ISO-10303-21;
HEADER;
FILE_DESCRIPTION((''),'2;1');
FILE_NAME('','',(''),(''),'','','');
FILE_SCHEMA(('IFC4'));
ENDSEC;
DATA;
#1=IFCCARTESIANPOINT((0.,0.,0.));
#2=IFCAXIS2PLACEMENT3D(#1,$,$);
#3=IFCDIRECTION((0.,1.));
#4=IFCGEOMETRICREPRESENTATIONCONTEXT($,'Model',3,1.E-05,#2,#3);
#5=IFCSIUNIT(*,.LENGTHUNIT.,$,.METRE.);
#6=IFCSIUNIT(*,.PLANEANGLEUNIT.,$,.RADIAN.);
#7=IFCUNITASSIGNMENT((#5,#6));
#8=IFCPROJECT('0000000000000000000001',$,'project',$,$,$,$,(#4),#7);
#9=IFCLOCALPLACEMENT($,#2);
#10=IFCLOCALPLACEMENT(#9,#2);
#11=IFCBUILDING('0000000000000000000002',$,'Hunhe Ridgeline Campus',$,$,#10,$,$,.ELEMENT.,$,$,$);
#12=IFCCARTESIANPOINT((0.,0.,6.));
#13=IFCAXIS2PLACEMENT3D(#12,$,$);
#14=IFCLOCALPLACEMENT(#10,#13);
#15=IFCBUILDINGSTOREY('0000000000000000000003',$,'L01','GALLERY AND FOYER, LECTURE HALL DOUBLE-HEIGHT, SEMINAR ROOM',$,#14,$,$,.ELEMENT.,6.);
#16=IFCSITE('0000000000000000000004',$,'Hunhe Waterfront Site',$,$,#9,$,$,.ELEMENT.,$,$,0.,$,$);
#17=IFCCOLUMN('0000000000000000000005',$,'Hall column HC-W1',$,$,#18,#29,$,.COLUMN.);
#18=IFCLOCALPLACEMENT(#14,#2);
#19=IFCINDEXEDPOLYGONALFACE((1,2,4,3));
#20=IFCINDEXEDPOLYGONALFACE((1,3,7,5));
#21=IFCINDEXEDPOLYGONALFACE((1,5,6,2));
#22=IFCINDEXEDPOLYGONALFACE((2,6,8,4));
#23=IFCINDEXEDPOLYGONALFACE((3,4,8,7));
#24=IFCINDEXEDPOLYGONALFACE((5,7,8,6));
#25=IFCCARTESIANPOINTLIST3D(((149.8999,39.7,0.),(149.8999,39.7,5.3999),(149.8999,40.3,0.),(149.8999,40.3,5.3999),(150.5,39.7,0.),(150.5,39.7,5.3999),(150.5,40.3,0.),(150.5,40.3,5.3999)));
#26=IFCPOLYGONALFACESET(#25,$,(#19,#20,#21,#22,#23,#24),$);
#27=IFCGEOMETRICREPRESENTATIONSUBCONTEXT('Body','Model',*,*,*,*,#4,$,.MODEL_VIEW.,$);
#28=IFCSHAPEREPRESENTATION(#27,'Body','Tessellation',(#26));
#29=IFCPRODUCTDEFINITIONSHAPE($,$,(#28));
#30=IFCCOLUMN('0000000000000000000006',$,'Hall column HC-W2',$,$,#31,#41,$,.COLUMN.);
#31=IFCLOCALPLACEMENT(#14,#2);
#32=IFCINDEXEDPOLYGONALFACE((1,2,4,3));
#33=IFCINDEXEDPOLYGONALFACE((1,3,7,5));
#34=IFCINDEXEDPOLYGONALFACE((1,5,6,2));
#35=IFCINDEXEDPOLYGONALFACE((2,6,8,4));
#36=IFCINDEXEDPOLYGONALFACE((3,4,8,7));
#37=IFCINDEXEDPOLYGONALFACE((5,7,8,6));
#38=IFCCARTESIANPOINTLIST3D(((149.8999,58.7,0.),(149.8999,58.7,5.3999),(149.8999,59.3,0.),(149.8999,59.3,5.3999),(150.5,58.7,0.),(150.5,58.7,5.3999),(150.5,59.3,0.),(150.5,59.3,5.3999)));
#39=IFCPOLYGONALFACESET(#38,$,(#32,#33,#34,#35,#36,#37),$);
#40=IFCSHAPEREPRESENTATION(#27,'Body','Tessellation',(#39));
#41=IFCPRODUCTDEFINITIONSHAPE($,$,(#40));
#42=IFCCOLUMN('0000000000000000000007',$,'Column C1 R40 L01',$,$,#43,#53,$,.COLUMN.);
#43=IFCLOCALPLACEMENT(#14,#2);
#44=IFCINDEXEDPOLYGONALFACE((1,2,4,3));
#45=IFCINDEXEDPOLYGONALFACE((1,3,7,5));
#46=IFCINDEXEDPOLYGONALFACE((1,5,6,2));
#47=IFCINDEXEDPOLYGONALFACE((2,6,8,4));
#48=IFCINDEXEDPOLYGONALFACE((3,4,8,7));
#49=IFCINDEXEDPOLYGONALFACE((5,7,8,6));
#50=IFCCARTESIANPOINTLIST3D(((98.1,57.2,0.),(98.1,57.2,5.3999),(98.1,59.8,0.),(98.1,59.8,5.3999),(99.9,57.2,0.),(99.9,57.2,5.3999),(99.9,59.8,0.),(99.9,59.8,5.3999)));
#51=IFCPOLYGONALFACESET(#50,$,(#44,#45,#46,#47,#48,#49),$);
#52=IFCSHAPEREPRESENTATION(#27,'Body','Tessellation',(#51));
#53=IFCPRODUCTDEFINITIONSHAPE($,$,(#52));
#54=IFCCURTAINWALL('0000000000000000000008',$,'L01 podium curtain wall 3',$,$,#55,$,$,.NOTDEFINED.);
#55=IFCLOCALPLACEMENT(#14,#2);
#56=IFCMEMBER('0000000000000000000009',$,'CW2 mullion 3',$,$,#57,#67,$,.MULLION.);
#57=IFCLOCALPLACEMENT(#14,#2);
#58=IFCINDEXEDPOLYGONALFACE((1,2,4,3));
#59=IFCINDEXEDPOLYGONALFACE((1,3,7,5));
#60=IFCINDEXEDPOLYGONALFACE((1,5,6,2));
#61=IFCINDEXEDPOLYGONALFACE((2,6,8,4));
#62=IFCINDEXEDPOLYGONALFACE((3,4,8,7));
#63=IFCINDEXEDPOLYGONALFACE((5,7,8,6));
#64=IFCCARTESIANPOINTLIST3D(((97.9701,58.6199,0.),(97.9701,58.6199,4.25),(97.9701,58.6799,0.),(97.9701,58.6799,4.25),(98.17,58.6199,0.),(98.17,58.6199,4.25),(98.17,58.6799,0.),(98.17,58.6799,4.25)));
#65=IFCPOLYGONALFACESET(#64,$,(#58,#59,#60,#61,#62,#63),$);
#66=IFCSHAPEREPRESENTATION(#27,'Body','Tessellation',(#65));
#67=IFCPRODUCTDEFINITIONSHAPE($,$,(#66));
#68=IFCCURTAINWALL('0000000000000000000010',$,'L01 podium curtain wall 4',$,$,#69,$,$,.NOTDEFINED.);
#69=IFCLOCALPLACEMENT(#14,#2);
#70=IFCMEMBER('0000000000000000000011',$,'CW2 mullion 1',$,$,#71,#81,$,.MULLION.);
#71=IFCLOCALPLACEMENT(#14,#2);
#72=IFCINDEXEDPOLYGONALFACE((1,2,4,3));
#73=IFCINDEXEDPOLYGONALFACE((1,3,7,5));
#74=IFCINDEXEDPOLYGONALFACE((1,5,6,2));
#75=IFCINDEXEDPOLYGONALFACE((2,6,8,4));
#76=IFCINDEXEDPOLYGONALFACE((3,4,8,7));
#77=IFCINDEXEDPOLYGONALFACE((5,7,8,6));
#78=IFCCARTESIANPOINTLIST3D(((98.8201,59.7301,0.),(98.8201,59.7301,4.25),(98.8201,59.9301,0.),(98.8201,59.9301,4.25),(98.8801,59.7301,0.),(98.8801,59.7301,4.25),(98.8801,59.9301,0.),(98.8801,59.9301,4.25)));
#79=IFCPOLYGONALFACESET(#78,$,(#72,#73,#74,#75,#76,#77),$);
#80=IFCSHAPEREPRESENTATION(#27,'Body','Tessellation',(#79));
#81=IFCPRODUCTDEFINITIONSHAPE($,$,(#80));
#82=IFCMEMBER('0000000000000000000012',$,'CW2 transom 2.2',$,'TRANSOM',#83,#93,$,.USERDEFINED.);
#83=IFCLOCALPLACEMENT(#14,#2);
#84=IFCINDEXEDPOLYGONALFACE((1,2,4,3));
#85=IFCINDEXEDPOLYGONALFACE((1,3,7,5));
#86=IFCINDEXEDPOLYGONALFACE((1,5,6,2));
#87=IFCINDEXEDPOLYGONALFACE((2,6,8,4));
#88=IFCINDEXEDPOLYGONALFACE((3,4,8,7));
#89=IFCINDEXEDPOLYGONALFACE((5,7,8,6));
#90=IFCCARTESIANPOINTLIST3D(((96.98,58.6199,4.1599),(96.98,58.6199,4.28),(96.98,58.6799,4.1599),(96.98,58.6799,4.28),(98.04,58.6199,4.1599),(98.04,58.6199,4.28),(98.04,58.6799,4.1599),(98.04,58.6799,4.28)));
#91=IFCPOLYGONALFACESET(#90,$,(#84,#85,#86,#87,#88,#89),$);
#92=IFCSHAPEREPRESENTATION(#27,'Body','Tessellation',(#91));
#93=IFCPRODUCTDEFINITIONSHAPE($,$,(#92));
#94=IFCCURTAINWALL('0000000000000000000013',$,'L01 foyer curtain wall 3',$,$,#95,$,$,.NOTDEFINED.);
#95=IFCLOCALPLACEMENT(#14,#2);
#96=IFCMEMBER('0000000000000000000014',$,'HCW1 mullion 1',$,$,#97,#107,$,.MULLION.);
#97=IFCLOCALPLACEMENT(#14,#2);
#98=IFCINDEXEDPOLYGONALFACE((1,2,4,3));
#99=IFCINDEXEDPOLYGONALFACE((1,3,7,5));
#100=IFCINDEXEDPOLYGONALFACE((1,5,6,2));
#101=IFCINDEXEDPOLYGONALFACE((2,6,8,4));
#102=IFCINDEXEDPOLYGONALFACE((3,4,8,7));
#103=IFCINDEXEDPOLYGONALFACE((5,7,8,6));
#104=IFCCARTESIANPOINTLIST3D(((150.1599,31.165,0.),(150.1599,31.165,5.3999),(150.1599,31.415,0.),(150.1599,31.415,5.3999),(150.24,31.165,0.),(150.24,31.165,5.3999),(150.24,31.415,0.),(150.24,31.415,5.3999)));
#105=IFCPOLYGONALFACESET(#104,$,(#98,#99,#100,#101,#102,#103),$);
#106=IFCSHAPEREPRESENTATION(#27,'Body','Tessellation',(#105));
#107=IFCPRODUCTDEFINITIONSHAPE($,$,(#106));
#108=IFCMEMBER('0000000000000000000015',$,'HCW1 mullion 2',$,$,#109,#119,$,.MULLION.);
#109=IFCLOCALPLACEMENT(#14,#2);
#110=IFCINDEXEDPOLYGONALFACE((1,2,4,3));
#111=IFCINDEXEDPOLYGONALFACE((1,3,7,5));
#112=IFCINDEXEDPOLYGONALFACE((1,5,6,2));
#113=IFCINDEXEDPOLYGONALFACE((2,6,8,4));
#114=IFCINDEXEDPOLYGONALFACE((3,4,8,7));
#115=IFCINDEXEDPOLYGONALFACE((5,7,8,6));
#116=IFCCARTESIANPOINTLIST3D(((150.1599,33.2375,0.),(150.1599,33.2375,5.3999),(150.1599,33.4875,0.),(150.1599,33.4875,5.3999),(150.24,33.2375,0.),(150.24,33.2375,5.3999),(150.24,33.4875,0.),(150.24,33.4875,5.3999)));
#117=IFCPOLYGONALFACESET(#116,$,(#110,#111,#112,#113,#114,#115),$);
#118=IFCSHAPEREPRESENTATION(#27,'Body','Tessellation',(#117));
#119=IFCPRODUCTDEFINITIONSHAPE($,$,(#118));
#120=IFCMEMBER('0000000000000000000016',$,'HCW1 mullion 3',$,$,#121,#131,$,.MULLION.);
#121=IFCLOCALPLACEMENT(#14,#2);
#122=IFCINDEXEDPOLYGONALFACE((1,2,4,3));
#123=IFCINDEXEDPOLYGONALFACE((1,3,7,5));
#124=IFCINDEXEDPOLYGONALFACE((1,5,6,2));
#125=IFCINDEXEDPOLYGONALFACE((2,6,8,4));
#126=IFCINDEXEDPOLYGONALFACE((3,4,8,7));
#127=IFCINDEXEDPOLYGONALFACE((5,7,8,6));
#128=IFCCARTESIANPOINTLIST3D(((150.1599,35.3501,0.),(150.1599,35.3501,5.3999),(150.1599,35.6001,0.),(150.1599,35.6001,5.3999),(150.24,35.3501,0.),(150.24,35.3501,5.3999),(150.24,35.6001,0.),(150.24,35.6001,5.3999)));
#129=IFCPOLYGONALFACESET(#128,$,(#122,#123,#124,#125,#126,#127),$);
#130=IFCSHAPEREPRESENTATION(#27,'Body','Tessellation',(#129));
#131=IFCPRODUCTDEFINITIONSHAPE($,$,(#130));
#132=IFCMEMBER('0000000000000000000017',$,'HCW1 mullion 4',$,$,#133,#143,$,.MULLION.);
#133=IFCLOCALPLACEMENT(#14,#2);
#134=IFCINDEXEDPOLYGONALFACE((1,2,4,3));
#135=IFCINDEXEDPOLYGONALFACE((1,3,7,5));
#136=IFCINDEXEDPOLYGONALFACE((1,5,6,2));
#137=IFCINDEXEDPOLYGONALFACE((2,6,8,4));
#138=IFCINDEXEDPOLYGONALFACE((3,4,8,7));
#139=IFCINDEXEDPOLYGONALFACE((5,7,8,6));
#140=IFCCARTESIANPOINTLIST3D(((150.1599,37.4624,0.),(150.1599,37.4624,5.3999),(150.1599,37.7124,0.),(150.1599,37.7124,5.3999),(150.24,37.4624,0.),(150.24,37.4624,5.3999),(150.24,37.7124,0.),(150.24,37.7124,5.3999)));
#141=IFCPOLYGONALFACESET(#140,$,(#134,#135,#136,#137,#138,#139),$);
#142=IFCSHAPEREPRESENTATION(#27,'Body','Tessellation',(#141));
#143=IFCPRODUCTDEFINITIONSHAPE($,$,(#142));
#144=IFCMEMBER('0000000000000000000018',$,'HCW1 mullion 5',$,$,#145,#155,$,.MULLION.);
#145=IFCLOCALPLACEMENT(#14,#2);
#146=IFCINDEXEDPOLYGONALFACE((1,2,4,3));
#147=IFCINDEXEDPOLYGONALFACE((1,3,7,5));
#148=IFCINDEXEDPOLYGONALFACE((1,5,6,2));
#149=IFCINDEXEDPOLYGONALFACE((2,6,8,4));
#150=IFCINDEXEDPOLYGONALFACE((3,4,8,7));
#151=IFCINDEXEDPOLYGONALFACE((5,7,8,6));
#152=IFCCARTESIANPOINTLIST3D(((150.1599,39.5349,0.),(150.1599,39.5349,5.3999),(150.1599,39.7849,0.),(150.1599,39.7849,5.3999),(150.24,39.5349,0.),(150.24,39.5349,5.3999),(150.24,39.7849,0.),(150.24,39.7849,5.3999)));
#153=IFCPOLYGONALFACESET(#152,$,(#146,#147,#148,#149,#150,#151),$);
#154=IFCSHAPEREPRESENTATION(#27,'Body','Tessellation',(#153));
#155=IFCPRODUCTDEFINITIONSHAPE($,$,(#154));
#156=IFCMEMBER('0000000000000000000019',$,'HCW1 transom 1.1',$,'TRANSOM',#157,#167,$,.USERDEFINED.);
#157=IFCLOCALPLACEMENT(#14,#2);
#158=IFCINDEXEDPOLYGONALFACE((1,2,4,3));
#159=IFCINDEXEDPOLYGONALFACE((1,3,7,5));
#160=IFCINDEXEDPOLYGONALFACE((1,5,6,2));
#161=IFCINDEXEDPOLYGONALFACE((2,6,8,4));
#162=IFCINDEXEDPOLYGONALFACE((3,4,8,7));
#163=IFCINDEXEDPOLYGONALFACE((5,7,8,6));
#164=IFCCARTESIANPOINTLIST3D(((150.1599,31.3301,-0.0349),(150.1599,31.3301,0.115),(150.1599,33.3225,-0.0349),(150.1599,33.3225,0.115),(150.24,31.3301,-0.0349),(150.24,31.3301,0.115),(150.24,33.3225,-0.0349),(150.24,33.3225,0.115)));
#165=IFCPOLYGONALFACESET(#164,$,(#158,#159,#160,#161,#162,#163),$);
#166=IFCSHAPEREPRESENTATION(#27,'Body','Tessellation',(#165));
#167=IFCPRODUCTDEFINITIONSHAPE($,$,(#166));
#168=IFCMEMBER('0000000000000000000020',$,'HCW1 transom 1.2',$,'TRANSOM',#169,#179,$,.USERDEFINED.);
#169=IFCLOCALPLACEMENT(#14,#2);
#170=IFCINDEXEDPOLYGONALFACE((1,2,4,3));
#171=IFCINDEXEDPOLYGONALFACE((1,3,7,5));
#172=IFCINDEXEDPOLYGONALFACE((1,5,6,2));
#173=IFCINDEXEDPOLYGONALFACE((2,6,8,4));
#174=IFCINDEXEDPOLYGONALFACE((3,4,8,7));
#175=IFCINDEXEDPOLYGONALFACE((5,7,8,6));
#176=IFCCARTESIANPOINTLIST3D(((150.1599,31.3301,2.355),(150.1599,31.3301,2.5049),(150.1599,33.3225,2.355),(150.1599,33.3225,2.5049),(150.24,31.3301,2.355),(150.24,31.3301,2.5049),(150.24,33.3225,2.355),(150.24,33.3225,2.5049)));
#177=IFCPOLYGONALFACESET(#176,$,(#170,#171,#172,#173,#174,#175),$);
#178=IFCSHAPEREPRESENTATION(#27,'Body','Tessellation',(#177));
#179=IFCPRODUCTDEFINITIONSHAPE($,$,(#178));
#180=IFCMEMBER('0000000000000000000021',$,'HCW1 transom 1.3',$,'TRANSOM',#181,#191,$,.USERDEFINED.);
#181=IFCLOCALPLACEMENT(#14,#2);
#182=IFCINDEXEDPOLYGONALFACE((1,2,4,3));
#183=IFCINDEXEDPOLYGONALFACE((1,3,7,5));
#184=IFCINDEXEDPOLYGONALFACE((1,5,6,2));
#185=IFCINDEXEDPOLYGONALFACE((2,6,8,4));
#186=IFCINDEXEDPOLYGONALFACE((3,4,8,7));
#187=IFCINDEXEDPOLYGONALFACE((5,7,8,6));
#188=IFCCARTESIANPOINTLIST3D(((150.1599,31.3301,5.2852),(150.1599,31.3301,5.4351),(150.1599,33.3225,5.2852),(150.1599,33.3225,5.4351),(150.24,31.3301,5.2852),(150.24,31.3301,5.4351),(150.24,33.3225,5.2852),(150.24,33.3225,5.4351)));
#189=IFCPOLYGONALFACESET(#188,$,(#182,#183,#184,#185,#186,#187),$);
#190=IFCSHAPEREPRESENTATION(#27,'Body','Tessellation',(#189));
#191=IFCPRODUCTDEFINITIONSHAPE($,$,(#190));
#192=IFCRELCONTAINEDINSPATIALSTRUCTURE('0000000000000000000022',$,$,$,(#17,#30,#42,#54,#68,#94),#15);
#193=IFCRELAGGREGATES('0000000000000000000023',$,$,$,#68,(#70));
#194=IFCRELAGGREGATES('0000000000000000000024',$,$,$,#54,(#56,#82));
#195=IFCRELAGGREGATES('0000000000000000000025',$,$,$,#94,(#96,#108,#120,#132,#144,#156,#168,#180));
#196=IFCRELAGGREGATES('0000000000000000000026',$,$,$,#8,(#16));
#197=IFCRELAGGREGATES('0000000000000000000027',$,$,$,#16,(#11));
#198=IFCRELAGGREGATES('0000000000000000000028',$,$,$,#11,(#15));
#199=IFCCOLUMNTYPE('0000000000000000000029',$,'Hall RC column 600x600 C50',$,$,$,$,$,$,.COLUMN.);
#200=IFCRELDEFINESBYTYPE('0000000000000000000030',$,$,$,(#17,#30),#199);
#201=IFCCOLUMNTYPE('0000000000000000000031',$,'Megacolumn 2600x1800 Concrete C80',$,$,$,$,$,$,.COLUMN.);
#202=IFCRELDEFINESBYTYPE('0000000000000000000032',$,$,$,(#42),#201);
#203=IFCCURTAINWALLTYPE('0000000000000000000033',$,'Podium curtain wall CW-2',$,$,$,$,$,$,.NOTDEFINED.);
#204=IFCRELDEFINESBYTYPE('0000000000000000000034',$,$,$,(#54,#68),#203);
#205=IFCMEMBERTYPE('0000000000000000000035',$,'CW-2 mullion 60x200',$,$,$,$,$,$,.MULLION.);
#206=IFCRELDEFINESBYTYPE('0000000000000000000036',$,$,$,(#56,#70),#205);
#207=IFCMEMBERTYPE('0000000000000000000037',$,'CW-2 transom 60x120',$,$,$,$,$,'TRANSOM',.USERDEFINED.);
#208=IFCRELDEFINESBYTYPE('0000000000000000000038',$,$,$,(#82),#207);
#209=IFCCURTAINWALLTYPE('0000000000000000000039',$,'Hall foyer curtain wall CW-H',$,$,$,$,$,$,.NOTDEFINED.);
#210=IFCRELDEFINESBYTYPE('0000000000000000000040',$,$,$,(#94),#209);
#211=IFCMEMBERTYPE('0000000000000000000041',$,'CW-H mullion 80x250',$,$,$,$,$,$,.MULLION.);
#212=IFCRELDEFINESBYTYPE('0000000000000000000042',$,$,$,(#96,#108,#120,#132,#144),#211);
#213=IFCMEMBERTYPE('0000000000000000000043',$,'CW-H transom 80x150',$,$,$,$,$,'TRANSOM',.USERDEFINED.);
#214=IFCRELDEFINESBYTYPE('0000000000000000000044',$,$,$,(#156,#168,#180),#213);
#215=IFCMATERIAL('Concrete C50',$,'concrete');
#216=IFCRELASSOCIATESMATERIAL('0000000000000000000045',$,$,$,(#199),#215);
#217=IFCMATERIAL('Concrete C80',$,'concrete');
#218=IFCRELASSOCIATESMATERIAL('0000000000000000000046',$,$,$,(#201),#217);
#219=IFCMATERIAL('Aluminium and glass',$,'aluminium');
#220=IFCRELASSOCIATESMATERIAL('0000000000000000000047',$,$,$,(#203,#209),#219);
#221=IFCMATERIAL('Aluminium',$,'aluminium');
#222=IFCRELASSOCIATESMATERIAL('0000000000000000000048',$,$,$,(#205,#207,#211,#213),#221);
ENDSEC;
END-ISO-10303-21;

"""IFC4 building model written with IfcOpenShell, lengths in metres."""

from ifc_helpers import new_model, si_unit, direction, frame, origin, origin_2d, place, context, subcontext, project, spatial, rectangle, extrude, material, material_profile, profile_set, type_object, element, aggregate, save


model = new_model("IFC4")

# Units and contexts
model_context = context("Model", 3, precision=1e-05, world=origin(), true_north=direction((0.0, 1.0)))
body_context = subcontext(model_context, "Body", "Model", "MODEL_VIEW")
ifc_project = project(units=[si_unit("LENGTHUNIT", "METRE"), si_unit("PLANEANGLEUNIT", "RADIAN")], contexts=[model_context])

# Site, building, storey
site_placement = place(None, origin())
site = spatial("IfcSite", under=ifc_project, at=site_placement, Name="Hunhe Waterfront Site", CompositionType="ELEMENT", RefElevation=0.0)
building_placement = place(site_placement, origin())
building = spatial("IfcBuilding", under=site, at=building_placement, Name="Hunhe Ridgeline Campus", CompositionType="ELEMENT")
storey_placement = place(building_placement, frame((0.0, 0.0, 6.0)))
storey = spatial("IfcBuildingStorey", under=building, at=storey_placement, Name="L01", Description="GALLERY AND FOYER, LECTURE HALL DOUBLE-HEIGHT, SEMINAR ROOM", CompositionType="ELEMENT", Elevation=6.0)

# Columns
ifc_material_1 = material(Name="Concrete C50", Category="concrete")
ifc_material_profile_1 = material_profile(ifc_material_1, rectangle(XDim=0.6001, YDim=0.6001, at=origin_2d()))
ifc_profile_set_1 = profile_set([ifc_material_profile_1], Name="Concrete C50")
column_type_1 = type_object("IfcColumnType", Name="Hall RC column 600x600 C50", PredefinedType="COLUMN", material=ifc_profile_set_1)
for number, where, z_axis, x_axis, name in (
    (1, (150.2, 40.0, 0.0), (0.0, 0.0, 1.0), (1.0, 0.0, 0.0), "Hall column HC-W1"),
    (2, (150.2, 59.0, 0.0), (0.0, 0.0, 1.0), (1.0, 0.0, 0.0), "Hall column HC-W2"),
):
    element("IfcColumn", number, at=place(storey_placement, frame(where, z_axis=z_axis, x_axis=x_axis)), inside=storey, type_object=column_type_1, Name=name, PredefinedType="COLUMN", context=body_context, shape_type="SweptSolid", body=[
        extrude(rectangle(XDim=0.6001, YDim=0.6001, at=origin_2d()), origin(), (0.0, 0.0, 1.0), 5.3999),
    ])
ifc_material_2 = material(Name="Concrete C80", Category="concrete")
ifc_material_profile_2 = material_profile(ifc_material_2, rectangle(XDim=2.6001, YDim=1.8, at=origin_2d()))
ifc_profile_set_2 = profile_set([ifc_material_profile_2], Name="Concrete C80")
column_type_2 = type_object("IfcColumnType", Name="Megacolumn 2600x1800 Concrete C80", PredefinedType="COLUMN", material=ifc_profile_set_2)
column_placement = place(storey_placement, frame((99.0, 58.5, 0.0), z_axis=(0.0, 0.0, 1.0), x_axis=(0.0, 1.0, 0.0)))
element("IfcColumn", 3, at=column_placement, inside=storey, type_object=column_type_2, Name="Column C1 R40 L01", PredefinedType="COLUMN", context=body_context, shape_type="SweptSolid", body=[
    extrude(rectangle(XDim=2.6001, YDim=1.8, at=origin_2d()), origin(), (0.0, 0.0, 1.0), 5.3999),
])

# Curtain walls, members
ifc_material_3 = material(Name="Aluminium and glass", Category="aluminium")
curtain_wall_type_1 = type_object("IfcCurtainWallType", Name="Podium curtain wall CW-2", PredefinedType="NOTDEFINED", material=ifc_material_3)
curtain_wall_1_placement = place(storey_placement, origin())
curtain_wall_1 = element("IfcCurtainWall", 4, at=curtain_wall_1_placement, inside=storey, type_object=curtain_wall_type_1, Name="L01 podium curtain wall 3", PredefinedType="NOTDEFINED")
ifc_material_4 = material(Name="Aluminium", Category="aluminium")
ifc_material_profile_3 = material_profile(ifc_material_4, rectangle(XDim=0.0601, YDim=0.2, at=origin_2d()))
ifc_profile_set_3 = profile_set([ifc_material_profile_3], Name="Aluminium")
member_type_1 = type_object("IfcMemberType", Name="CW-2 mullion 60x200", PredefinedType="MULLION", material=ifc_profile_set_3)
member_1_placement = place(storey_placement, frame((98.0701, 58.6499, 0.0), z_axis=(0.0, 0.0, 1.0), x_axis=(0.0, 1.0, 0.0)))
member_1 = element("IfcMember", 5, at=member_1_placement, type_object=member_type_1, Name="CW2 mullion 3", PredefinedType="MULLION", context=body_context, shape_type="SweptSolid", body=[
    extrude(rectangle(XDim=0.0601, YDim=0.2, at=origin_2d()), origin(), (0.0, 0.0, 1.0), 4.25),
])
curtain_wall_2_placement = place(storey_placement, origin())
curtain_wall_2 = element("IfcCurtainWall", 6, at=curtain_wall_2_placement, inside=storey, type_object=curtain_wall_type_1, Name="L01 podium curtain wall 4", PredefinedType="NOTDEFINED")
member_2_placement = place(storey_placement, frame((98.8501, 59.8301, 0.0), z_axis=(0.0, 0.0, 1.0), x_axis=(-1.0, 0.0, 0.0)))
member_2 = element("IfcMember", 7, at=member_2_placement, type_object=member_type_1, Name="CW2 mullion 1", PredefinedType="MULLION", context=body_context, shape_type="SweptSolid", body=[
    extrude(rectangle(XDim=0.0601, YDim=0.2, at=origin_2d()), origin(), (0.0, 0.0, 1.0), 4.25),
])
aggregate(curtain_wall_2, [member_2])

# Member
ifc_material_profile_4 = material_profile(ifc_material_4, rectangle(XDim=0.0601, YDim=0.1201, at=origin_2d()))
ifc_profile_set_4 = profile_set([ifc_material_profile_4], Name="Aluminium")
member_type_2 = type_object("IfcMemberType", Name="CW-2 transom 60x120", ElementType="TRANSOM", PredefinedType="USERDEFINED", material=ifc_profile_set_4)
member_3_placement = place(storey_placement, frame((96.98, 58.6499, 4.22), z_axis=(1.0, 0.0, 0.0), x_axis=(0.0, 1.0, 0.0)))
member_3 = element("IfcMember", 8, at=member_3_placement, type_object=member_type_2, Name="CW2 transom 2.2", ObjectType="TRANSOM", PredefinedType="USERDEFINED", context=body_context, shape_type="SweptSolid", body=[
    extrude(rectangle(XDim=0.0601, YDim=0.1201, at=origin_2d()), origin(), (0.0, 0.0, 1.0), 1.0601),
])

# Curtain wall, members
curtain_wall_type_2 = type_object("IfcCurtainWallType", Name="Hall foyer curtain wall CW-H", PredefinedType="NOTDEFINED", material=ifc_material_3)
curtain_wall_3_placement = place(storey_placement, origin())
curtain_wall_3 = element("IfcCurtainWall", 9, at=curtain_wall_3_placement, inside=storey, type_object=curtain_wall_type_2, Name="L01 foyer curtain wall 3", PredefinedType="NOTDEFINED")
ifc_material_profile_5 = material_profile(ifc_material_4, rectangle(XDim=0.0801, YDim=0.25, at=origin_2d()))
ifc_profile_set_5 = profile_set([ifc_material_profile_5], Name="Aluminium")
member_type_3 = type_object("IfcMemberType", Name="CW-H mullion 80x250", PredefinedType="MULLION", material=ifc_profile_set_5)
member_4_placement = place(storey_placement, frame((150.2, 31.29, 0.0), z_axis=(0.0, 0.0, 1.0), x_axis=(-1.0, 0.0, 0.0)))
member_4 = element("IfcMember", 10, at=member_4_placement, type_object=member_type_3, Name="HCW1 mullion 1", PredefinedType="MULLION", context=body_context, shape_type="SweptSolid", body=[
    extrude(rectangle(XDim=0.0801, YDim=0.25, at=origin_2d()), origin(), (0.0, 0.0, 1.0), 5.3999),
])
member_5_placement = place(storey_placement, frame((150.2, 33.3625, 0.0), z_axis=(0.0, 0.0, 1.0), x_axis=(-1.0, 0.0, 0.0)))
member_5 = element("IfcMember", 11, at=member_5_placement, type_object=member_type_3, Name="HCW1 mullion 2", PredefinedType="MULLION", context=body_context, shape_type="SweptSolid", body=[
    extrude(rectangle(XDim=0.0801, YDim=0.25, at=origin_2d()), origin(), (0.0, 0.0, 1.0), 5.3999),
])
member_6_placement = place(storey_placement, frame((150.2, 35.4751, 0.0), z_axis=(0.0, 0.0, 1.0), x_axis=(-1.0, 0.0, 0.0)))
member_6 = element("IfcMember", 12, at=member_6_placement, type_object=member_type_3, Name="HCW1 mullion 3", PredefinedType="MULLION", context=body_context, shape_type="SweptSolid", body=[
    extrude(rectangle(XDim=0.0801, YDim=0.25, at=origin_2d()), origin(), (0.0, 0.0, 1.0), 5.3999),
])
member_7_placement = place(storey_placement, frame((150.2, 37.5874, 0.0), z_axis=(0.0, 0.0, 1.0), x_axis=(-1.0, 0.0, 0.0)))
member_7 = element("IfcMember", 13, at=member_7_placement, type_object=member_type_3, Name="HCW1 mullion 4", PredefinedType="MULLION", context=body_context, shape_type="SweptSolid", body=[
    extrude(rectangle(XDim=0.0801, YDim=0.25, at=origin_2d()), origin(), (0.0, 0.0, 1.0), 5.3999),
])
member_8_placement = place(storey_placement, frame((150.2, 39.6599, 0.0), z_axis=(0.0, 0.0, 1.0), x_axis=(-1.0, 0.0, 0.0)))
member_8 = element("IfcMember", 14, at=member_8_placement, type_object=member_type_3, Name="HCW1 mullion 5", PredefinedType="MULLION", context=body_context, shape_type="SweptSolid", body=[
    extrude(rectangle(XDim=0.0801, YDim=0.25, at=origin_2d()), origin(), (0.0, 0.0, 1.0), 5.3999),
])
ifc_material_profile_6 = material_profile(ifc_material_4, rectangle(XDim=0.0801, YDim=0.1499, at=origin_2d()))
ifc_profile_set_6 = profile_set([ifc_material_profile_6], Name="Aluminium")
member_type_4 = type_object("IfcMemberType", Name="CW-H transom 80x150", ElementType="TRANSOM", PredefinedType="USERDEFINED", material=ifc_profile_set_6)
member_9_placement = place(storey_placement, frame((150.2, 31.3301, 0.04), z_axis=(0.0, 1.0, 0.0), x_axis=(-1.0, 0.0, 0.0)))
member_9 = element("IfcMember", 15, at=member_9_placement, type_object=member_type_4, Name="HCW1 transom 1.1", ObjectType="TRANSOM", PredefinedType="USERDEFINED", context=body_context, shape_type="SweptSolid", body=[
    extrude(rectangle(XDim=0.0801, YDim=0.1499, at=origin_2d()), origin(), (0.0, 0.0, 1.0), 1.9924),
])
member_10_placement = place(storey_placement, frame((150.2, 31.3301, 2.4299), z_axis=(0.0, 1.0, 0.0), x_axis=(-1.0, 0.0, 0.0)))
member_10 = element("IfcMember", 16, at=member_10_placement, type_object=member_type_4, Name="HCW1 transom 1.2", ObjectType="TRANSOM", PredefinedType="USERDEFINED", context=body_context, shape_type="SweptSolid", body=[
    extrude(rectangle(XDim=0.0801, YDim=0.1499, at=origin_2d()), origin(), (0.0, 0.0, 1.0), 1.9924),
])
member_11_placement = place(storey_placement, frame((150.2, 31.3301, 5.3601), z_axis=(0.0, 1.0, 0.0), x_axis=(-1.0, 0.0, 0.0)))
member_11 = element("IfcMember", 17, at=member_11_placement, type_object=member_type_4, Name="HCW1 transom 1.3", ObjectType="TRANSOM", PredefinedType="USERDEFINED", context=body_context, shape_type="SweptSolid", body=[
    extrude(rectangle(XDim=0.0801, YDim=0.1499, at=origin_2d()), origin(), (0.0, 0.0, 1.0), 1.9924),
])

aggregate(curtain_wall_1, [member_1, member_3])
aggregate(curtain_wall_3, [member_4, member_5, member_6, member_7, member_8, member_9, member_10, member_11])

save(model, "model.ifc")
